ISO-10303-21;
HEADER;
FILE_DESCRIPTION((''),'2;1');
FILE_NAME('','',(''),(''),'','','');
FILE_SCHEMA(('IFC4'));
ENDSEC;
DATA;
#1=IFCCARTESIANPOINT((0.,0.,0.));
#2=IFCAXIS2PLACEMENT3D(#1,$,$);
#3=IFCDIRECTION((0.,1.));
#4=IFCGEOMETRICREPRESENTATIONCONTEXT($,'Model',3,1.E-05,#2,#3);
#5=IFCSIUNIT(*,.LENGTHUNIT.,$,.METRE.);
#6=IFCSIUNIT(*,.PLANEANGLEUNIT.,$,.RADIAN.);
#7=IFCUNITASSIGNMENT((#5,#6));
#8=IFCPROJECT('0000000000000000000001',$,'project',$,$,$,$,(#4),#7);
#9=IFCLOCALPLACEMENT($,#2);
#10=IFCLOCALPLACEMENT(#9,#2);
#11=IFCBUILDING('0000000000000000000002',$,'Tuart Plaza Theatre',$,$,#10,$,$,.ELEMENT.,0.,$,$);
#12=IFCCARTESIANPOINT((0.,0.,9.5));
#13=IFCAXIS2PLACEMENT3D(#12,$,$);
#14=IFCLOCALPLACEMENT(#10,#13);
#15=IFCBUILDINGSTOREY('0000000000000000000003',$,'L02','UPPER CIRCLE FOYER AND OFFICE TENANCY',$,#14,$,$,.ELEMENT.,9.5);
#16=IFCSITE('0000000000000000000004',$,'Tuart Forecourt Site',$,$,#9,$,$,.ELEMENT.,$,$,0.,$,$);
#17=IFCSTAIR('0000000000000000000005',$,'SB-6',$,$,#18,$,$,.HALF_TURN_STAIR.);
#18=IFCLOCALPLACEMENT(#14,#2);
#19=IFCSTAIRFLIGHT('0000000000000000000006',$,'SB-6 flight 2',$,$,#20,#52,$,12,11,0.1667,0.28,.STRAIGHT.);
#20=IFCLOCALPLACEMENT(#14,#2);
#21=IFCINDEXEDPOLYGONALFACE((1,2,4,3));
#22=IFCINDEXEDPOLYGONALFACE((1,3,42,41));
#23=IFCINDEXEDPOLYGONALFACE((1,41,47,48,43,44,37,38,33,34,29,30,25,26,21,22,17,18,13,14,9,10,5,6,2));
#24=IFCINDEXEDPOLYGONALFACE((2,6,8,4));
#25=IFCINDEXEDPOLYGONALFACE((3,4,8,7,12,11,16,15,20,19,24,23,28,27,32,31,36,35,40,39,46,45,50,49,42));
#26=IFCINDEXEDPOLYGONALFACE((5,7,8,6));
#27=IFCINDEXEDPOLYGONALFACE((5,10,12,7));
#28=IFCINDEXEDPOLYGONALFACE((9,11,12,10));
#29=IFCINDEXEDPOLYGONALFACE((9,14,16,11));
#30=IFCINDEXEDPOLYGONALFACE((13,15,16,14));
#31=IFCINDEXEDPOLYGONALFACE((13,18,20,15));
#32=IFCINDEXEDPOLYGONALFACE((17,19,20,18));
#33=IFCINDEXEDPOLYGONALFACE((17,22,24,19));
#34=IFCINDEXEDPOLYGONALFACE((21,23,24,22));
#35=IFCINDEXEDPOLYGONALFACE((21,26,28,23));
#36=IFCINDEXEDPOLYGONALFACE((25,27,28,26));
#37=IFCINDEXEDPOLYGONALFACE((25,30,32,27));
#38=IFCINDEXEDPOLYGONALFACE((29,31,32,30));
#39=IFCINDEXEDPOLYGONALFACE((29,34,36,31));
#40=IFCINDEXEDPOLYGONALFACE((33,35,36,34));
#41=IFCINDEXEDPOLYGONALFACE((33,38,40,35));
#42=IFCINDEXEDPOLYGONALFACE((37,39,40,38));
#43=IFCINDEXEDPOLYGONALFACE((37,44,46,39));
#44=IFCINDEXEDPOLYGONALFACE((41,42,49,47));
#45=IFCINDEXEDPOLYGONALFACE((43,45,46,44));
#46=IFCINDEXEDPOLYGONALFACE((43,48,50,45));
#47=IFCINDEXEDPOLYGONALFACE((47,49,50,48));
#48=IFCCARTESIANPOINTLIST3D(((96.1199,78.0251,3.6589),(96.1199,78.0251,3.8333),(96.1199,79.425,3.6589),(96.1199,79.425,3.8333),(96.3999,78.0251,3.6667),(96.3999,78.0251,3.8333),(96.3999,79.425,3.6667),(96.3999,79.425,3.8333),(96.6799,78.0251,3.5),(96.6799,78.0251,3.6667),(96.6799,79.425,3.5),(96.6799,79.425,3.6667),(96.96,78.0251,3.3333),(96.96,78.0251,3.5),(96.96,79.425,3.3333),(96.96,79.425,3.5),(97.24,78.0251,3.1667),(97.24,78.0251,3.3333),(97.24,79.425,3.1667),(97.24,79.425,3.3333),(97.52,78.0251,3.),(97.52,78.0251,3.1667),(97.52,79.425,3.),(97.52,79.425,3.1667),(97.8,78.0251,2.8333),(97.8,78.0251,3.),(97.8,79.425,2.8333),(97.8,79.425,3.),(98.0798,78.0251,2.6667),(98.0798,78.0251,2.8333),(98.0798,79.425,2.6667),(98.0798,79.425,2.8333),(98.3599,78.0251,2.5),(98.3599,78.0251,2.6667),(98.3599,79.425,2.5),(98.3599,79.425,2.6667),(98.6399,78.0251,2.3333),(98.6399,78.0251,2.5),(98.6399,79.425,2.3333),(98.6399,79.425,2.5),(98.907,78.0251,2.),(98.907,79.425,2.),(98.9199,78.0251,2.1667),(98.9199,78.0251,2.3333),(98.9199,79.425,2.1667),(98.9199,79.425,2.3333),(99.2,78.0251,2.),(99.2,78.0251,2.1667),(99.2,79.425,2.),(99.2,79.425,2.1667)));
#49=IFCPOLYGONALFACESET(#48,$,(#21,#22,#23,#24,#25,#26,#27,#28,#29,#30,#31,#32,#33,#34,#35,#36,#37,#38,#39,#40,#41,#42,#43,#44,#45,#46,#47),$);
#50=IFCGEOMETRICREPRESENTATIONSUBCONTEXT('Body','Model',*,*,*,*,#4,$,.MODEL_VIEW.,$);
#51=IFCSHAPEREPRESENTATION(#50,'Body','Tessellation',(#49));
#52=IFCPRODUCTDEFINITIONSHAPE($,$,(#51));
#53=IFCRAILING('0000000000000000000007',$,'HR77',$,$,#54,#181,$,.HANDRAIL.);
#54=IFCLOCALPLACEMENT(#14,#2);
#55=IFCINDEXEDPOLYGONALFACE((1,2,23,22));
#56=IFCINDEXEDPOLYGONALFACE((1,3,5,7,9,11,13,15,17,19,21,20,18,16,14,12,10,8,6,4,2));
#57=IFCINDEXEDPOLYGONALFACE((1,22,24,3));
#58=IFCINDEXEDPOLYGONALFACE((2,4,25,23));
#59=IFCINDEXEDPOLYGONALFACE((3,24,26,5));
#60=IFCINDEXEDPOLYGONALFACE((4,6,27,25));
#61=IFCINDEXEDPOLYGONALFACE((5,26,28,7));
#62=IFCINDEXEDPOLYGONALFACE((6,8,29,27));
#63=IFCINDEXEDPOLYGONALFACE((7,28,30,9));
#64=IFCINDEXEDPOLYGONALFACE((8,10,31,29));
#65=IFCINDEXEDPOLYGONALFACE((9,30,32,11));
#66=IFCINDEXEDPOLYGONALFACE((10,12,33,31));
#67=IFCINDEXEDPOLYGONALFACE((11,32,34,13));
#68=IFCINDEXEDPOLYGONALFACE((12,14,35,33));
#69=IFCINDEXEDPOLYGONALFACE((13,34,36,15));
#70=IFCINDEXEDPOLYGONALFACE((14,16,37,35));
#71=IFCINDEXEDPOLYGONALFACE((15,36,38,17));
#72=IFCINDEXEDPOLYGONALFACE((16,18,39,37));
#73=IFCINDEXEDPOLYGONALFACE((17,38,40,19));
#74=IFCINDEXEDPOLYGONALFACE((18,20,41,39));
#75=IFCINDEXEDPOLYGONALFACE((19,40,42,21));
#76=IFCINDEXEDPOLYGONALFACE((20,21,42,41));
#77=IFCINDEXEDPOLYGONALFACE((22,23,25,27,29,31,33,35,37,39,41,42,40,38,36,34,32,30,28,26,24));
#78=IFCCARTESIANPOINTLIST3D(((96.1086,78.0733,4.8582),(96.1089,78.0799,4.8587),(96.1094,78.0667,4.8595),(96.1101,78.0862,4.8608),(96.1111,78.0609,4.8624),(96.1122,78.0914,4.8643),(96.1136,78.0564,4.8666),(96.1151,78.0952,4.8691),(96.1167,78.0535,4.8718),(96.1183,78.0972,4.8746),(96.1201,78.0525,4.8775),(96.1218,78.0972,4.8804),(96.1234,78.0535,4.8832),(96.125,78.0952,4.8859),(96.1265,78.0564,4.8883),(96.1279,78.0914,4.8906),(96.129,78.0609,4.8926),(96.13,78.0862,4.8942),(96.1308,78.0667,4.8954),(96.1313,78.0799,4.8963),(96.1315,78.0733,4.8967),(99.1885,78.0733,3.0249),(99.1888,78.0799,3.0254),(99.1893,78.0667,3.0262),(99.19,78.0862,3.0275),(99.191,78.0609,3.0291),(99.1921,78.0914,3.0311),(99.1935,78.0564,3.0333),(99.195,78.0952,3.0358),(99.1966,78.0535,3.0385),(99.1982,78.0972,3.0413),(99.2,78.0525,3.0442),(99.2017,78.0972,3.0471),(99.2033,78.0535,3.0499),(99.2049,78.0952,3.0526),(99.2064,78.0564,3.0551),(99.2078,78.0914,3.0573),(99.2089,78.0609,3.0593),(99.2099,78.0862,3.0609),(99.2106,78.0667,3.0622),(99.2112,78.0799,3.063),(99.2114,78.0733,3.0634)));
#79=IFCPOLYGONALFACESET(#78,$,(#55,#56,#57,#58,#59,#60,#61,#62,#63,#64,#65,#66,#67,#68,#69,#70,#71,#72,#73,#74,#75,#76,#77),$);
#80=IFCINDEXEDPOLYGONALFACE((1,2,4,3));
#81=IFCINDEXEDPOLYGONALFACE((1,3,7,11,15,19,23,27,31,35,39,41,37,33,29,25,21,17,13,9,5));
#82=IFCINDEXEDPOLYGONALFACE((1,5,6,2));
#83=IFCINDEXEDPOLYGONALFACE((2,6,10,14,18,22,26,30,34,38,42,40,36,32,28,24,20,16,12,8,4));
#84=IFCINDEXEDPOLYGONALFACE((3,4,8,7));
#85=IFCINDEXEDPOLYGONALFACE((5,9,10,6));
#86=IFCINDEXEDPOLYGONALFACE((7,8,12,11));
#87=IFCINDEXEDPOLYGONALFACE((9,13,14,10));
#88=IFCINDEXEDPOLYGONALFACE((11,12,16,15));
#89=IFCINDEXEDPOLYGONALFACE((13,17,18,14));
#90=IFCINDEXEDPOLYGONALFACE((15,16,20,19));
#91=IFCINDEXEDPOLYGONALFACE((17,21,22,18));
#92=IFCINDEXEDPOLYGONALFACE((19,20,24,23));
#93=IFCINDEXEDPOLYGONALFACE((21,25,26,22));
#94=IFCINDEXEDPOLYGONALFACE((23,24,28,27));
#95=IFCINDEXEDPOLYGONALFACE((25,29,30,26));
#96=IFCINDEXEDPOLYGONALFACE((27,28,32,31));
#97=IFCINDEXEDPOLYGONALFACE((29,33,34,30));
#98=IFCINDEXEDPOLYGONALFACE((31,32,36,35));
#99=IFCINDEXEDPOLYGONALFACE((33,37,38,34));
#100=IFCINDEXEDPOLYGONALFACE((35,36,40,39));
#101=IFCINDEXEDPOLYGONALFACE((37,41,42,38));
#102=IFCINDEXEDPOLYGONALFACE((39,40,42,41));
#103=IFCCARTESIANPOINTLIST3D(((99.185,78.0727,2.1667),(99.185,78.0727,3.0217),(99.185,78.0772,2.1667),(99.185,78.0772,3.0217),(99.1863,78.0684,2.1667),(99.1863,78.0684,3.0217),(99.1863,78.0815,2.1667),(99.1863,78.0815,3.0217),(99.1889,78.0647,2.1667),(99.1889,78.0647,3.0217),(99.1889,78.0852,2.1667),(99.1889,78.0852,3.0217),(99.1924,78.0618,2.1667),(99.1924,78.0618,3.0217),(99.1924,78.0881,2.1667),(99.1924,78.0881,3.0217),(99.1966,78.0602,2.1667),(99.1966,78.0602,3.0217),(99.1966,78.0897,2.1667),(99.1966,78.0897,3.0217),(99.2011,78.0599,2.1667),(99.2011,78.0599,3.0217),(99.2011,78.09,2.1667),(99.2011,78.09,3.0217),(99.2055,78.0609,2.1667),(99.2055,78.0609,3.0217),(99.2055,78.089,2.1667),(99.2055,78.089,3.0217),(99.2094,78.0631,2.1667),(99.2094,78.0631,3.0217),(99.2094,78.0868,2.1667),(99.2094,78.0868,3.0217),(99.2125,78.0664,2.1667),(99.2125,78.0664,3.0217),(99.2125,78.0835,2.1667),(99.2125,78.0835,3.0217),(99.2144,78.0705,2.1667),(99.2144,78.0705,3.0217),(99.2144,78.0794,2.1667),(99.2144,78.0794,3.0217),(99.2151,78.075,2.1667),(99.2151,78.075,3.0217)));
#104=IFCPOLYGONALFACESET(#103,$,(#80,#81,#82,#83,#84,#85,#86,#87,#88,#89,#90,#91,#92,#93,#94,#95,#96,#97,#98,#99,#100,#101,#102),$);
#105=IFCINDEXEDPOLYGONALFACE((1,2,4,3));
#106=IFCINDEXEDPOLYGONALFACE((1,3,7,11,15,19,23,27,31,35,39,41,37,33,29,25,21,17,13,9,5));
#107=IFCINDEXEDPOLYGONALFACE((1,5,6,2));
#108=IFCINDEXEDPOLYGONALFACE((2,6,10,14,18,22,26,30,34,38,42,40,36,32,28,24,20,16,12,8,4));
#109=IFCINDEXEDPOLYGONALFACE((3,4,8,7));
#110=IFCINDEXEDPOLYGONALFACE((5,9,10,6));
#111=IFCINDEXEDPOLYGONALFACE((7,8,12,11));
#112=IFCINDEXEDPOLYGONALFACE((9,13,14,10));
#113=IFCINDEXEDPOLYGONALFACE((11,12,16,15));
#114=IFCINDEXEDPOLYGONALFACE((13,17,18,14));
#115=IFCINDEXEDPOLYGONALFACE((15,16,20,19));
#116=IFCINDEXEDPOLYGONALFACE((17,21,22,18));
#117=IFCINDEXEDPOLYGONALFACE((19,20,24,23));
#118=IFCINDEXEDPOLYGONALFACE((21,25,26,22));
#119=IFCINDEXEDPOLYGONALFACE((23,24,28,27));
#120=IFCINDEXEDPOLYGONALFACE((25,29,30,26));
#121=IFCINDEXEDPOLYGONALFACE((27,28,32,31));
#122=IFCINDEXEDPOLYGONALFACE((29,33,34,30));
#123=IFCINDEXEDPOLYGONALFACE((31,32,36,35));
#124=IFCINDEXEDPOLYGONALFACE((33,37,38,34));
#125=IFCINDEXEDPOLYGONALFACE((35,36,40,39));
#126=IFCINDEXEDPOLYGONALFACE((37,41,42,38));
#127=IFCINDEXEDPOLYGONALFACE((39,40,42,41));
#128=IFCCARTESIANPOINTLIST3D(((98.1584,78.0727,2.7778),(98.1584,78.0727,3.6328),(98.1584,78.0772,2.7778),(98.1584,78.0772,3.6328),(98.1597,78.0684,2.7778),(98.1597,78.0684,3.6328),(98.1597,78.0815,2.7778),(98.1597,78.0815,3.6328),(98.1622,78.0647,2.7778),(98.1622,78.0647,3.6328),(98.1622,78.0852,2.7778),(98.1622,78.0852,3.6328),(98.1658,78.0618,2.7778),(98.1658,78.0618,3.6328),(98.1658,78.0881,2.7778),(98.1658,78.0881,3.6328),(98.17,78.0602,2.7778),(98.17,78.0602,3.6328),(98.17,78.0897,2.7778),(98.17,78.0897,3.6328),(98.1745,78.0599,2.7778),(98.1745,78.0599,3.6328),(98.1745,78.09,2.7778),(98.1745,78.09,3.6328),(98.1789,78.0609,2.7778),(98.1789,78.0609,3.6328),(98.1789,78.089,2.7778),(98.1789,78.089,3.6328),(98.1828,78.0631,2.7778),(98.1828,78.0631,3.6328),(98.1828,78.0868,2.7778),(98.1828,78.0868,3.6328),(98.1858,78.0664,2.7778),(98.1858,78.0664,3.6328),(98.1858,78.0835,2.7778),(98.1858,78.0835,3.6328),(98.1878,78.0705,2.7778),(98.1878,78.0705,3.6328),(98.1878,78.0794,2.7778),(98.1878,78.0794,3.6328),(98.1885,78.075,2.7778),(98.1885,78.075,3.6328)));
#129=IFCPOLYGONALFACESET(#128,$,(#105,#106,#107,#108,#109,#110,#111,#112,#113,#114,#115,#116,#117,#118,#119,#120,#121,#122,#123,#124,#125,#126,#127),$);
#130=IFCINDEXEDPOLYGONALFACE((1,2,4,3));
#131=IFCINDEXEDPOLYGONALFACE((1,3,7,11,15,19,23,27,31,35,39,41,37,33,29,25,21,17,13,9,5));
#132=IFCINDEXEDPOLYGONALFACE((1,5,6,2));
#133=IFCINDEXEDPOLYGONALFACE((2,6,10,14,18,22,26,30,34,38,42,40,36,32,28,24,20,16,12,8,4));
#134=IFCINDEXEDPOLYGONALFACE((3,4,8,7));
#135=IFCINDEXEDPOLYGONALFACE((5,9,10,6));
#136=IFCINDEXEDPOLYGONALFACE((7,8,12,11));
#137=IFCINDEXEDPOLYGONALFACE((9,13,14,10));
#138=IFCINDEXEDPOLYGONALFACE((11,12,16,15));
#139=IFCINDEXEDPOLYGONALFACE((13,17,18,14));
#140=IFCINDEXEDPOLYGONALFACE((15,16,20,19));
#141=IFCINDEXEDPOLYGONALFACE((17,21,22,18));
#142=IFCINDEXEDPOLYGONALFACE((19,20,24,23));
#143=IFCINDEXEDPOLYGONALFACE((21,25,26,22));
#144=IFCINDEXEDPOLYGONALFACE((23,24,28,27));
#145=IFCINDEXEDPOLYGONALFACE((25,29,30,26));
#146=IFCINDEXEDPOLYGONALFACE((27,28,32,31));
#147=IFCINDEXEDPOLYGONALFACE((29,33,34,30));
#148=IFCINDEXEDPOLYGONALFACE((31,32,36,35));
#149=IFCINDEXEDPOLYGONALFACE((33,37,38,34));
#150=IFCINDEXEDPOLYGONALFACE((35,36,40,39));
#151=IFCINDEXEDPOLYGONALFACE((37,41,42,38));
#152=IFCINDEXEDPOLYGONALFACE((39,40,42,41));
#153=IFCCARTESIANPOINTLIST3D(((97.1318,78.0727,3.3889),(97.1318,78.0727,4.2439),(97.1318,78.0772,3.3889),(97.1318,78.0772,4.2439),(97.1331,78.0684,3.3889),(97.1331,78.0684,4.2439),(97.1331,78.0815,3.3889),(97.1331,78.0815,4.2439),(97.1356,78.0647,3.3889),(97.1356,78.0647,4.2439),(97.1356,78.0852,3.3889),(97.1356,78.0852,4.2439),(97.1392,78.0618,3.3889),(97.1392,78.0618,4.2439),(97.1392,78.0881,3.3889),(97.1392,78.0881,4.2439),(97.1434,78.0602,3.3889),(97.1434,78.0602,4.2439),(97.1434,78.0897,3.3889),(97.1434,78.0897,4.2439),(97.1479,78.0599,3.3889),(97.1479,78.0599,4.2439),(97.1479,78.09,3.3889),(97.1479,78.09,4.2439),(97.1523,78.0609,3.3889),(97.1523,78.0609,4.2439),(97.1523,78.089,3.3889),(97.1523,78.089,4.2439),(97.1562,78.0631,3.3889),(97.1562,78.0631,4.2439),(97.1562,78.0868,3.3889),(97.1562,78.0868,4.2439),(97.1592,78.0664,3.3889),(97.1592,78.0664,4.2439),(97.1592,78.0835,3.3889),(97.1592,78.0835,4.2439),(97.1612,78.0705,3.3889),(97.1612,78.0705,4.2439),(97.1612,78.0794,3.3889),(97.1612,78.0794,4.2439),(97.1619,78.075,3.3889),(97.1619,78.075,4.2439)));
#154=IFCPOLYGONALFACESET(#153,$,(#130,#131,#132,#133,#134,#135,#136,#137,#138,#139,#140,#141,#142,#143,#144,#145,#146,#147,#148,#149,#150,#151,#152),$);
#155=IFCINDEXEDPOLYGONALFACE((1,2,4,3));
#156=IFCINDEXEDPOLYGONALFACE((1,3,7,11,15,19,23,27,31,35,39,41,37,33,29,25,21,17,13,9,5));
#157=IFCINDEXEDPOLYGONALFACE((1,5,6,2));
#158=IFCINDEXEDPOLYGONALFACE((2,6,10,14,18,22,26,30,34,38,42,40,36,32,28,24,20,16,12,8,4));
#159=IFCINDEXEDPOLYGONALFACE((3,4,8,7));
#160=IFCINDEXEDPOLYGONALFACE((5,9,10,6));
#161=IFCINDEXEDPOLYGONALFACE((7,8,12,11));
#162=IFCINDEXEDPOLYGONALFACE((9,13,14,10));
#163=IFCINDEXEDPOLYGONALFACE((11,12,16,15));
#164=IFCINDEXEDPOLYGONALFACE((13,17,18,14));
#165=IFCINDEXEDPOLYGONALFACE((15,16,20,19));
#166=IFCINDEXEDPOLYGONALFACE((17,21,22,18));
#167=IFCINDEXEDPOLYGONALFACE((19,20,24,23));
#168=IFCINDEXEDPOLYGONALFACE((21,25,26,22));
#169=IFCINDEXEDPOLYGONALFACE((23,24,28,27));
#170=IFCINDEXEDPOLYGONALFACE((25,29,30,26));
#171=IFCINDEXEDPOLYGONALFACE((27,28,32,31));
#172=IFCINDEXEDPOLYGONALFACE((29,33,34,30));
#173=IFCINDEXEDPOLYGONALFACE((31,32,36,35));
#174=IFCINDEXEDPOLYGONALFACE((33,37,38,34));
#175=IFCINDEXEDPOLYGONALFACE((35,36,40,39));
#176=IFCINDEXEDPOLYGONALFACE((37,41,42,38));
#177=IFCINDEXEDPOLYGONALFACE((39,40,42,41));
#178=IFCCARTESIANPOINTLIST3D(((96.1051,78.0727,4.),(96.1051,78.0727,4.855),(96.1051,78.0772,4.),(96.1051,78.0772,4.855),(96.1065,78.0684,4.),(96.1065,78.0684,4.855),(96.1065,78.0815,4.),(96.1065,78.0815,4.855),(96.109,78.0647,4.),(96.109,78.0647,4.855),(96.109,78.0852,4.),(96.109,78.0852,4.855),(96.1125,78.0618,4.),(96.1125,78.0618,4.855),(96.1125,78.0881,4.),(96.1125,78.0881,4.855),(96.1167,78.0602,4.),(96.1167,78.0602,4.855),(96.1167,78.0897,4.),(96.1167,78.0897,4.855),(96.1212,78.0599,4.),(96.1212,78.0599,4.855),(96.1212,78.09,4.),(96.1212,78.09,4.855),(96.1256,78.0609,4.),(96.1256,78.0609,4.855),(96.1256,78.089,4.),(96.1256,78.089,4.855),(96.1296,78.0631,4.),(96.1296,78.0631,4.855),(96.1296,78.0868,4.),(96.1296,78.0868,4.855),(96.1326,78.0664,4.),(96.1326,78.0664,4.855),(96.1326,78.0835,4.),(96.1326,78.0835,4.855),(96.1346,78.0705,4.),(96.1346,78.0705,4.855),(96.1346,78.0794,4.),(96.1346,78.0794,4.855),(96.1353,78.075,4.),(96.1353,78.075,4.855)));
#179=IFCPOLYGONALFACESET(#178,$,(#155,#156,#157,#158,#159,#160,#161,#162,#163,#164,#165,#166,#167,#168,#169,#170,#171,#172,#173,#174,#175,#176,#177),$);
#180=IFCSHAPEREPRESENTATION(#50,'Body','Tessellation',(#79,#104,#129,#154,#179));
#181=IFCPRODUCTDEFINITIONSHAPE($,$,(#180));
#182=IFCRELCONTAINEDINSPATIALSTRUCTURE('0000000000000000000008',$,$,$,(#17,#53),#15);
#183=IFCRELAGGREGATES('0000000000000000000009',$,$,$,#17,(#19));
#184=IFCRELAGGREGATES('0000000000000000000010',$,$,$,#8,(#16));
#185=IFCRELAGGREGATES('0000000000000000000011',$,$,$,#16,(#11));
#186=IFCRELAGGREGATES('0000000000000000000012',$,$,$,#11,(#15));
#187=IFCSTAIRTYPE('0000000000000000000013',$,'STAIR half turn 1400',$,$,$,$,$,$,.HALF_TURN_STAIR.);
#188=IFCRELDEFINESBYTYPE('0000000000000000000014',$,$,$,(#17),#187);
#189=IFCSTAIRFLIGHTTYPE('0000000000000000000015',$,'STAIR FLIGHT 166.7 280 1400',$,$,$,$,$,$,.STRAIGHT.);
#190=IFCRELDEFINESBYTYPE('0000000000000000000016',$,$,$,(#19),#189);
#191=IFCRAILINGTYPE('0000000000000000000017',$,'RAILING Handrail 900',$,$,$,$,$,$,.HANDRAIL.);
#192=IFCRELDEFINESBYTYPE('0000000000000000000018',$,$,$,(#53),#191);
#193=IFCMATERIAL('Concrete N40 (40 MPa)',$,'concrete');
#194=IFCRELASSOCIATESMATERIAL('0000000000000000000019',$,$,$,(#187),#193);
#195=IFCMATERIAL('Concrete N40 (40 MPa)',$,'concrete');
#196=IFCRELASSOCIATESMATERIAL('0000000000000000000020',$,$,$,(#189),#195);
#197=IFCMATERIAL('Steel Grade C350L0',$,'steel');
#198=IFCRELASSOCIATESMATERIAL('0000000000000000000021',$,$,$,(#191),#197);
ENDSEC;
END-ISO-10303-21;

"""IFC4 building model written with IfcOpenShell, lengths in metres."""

from ifc_helpers import new_model, si_unit, direction, frame, origin, origin_2d, place, context, subcontext, project, spatial, polyline, circle, outline, extrude, material, type_object, element, aggregate, save


model = new_model("IFC4")

# Units and contexts
model_context = context("Model", 3, precision=1e-05, world=origin(), true_north=direction((0.0, 1.0)))
body_context = subcontext(model_context, "Body", "Model", "MODEL_VIEW")
ifc_project = project(units=[si_unit("LENGTHUNIT", "METRE"), si_unit("PLANEANGLEUNIT", "RADIAN")], contexts=[model_context])

# Site, building, storey
site_placement = place(None, origin())
site = spatial("IfcSite", under=ifc_project, at=site_placement, Name="Tuart Forecourt Site", CompositionType="ELEMENT", RefElevation=0.0)
building_placement = place(site_placement, origin())
building = spatial("IfcBuilding", under=site, at=building_placement, Name="Tuart Plaza Theatre", CompositionType="ELEMENT", ElevationOfRefHeight=0.0)
storey_placement = place(building_placement, frame((0.0, 0.0, 9.5)))
storey = spatial("IfcBuildingStorey", under=building, at=storey_placement, Name="L02", Description="UPPER CIRCLE FOYER AND OFFICE TENANCY", CompositionType="ELEMENT", Elevation=9.5)

# Stair, stair flight
ifc_material_1 = material(Name="Concrete N40 (40 MPa)", Category="concrete")
stair_type = type_object("IfcStairType", Name="STAIR half turn 1400", PredefinedType="HALF_TURN_STAIR", material=ifc_material_1)
stair_placement = place(storey_placement, origin())
stair = element("IfcStair", 1, at=stair_placement, inside=storey, type_object=stair_type, Name="SB-6", PredefinedType="HALF_TURN_STAIR")
ifc_material_2 = material(Name="Concrete N40 (40 MPa)", Category="concrete")
stair_flight_type = type_object("IfcStairFlightType", Name="STAIR FLIGHT 166.7 280 1400", PredefinedType="STRAIGHT", material=ifc_material_2)
stair_flight_placement = place(storey_placement, frame((99.2, 78.7251, 2.0), z_axis=(0.0, 0.0, 1.0), x_axis=(-1.0, 0.0, 0.0)))
stair_flight = element("IfcStairFlight", 2, at=stair_flight_placement, type_object=stair_flight_type, Name="SB-6 flight 2", NumberOfRisers=12, NumberOfTreads=11, PredefinedType="STRAIGHT", RiserHeight=0.1667, TreadLength=0.28, context=body_context, shape_type="SweptSolid", body=[
    extrude(outline(polyline([(0.0, 0.0), (0.0, 0.1667), (0.28, 0.1667), (0.28, 0.3333), (0.5601, 0.3333), (0.5601, 0.5), (0.8401, 0.5), (0.8401, 0.6667), (1.1201, 0.6667), (1.1201, 0.8333), (1.3999, 0.8333), (1.3999, 1.0), (1.6799, 1.0), (1.6799, 1.1667), (1.96, 1.1667), (1.96, 1.3333), (2.24, 1.3333), (2.24, 1.5), (2.52, 1.5), (2.52, 1.6667), (2.8, 1.6667), (2.8, 1.8333), (3.0801, 1.8333), (3.0801, 2.0), (3.0801, 1.6589), (0.293, 0.0), (0.0, 0.0)])), frame((0.0, 0.7, 0.0), z_axis=(0.0, -1.0, 0.0), x_axis=(1.0, 0.0, 0.0)), (0.0, 0.0, 1.0), 1.3999),
])
aggregate(stair, [stair_flight])

# Railing
ifc_material_3 = material(Name="Steel Grade C350L0", Category="steel")
railing_type = type_object("IfcRailingType", Name="RAILING Handrail 900", PredefinedType="HANDRAIL", material=ifc_material_3)
railing_placement = place(storey_placement, frame((99.2, 78.075, 2.1667)))
element("IfcRailing", 3, at=railing_placement, inside=storey, type_object=railing_type, Name="HR77", PredefinedType="HANDRAIL", context=body_context, shape_type="SweptSolid", body=[
    extrude(circle(Radius=0.0225, at=origin_2d()), frame((0.0, 0.0, 0.8774), z_axis=(-0.859291, 0.0, 0.511487), x_axis=(0.0, -1.0, 0.0)), (0.0, 0.0, 1.0), 3.5842),
    extrude(circle(Radius=0.0151, at=origin_2d()), origin(), (0.0, 0.0, 1.0), 0.855),
    extrude(circle(Radius=0.0151, at=origin_2d()), frame((-1.0266, 0.0, 0.6111)), (0.0, 0.0, 1.0), 0.855),
    extrude(circle(Radius=0.0151, at=origin_2d()), frame((-2.0532, 0.0, 1.2222)), (0.0, 0.0, 1.0), 0.855),
    extrude(circle(Radius=0.0151, at=origin_2d()), frame((-3.0798, 0.0, 1.8333)), (0.0, 0.0, 1.0), 0.855),
])

save(model, "model.ifc")
